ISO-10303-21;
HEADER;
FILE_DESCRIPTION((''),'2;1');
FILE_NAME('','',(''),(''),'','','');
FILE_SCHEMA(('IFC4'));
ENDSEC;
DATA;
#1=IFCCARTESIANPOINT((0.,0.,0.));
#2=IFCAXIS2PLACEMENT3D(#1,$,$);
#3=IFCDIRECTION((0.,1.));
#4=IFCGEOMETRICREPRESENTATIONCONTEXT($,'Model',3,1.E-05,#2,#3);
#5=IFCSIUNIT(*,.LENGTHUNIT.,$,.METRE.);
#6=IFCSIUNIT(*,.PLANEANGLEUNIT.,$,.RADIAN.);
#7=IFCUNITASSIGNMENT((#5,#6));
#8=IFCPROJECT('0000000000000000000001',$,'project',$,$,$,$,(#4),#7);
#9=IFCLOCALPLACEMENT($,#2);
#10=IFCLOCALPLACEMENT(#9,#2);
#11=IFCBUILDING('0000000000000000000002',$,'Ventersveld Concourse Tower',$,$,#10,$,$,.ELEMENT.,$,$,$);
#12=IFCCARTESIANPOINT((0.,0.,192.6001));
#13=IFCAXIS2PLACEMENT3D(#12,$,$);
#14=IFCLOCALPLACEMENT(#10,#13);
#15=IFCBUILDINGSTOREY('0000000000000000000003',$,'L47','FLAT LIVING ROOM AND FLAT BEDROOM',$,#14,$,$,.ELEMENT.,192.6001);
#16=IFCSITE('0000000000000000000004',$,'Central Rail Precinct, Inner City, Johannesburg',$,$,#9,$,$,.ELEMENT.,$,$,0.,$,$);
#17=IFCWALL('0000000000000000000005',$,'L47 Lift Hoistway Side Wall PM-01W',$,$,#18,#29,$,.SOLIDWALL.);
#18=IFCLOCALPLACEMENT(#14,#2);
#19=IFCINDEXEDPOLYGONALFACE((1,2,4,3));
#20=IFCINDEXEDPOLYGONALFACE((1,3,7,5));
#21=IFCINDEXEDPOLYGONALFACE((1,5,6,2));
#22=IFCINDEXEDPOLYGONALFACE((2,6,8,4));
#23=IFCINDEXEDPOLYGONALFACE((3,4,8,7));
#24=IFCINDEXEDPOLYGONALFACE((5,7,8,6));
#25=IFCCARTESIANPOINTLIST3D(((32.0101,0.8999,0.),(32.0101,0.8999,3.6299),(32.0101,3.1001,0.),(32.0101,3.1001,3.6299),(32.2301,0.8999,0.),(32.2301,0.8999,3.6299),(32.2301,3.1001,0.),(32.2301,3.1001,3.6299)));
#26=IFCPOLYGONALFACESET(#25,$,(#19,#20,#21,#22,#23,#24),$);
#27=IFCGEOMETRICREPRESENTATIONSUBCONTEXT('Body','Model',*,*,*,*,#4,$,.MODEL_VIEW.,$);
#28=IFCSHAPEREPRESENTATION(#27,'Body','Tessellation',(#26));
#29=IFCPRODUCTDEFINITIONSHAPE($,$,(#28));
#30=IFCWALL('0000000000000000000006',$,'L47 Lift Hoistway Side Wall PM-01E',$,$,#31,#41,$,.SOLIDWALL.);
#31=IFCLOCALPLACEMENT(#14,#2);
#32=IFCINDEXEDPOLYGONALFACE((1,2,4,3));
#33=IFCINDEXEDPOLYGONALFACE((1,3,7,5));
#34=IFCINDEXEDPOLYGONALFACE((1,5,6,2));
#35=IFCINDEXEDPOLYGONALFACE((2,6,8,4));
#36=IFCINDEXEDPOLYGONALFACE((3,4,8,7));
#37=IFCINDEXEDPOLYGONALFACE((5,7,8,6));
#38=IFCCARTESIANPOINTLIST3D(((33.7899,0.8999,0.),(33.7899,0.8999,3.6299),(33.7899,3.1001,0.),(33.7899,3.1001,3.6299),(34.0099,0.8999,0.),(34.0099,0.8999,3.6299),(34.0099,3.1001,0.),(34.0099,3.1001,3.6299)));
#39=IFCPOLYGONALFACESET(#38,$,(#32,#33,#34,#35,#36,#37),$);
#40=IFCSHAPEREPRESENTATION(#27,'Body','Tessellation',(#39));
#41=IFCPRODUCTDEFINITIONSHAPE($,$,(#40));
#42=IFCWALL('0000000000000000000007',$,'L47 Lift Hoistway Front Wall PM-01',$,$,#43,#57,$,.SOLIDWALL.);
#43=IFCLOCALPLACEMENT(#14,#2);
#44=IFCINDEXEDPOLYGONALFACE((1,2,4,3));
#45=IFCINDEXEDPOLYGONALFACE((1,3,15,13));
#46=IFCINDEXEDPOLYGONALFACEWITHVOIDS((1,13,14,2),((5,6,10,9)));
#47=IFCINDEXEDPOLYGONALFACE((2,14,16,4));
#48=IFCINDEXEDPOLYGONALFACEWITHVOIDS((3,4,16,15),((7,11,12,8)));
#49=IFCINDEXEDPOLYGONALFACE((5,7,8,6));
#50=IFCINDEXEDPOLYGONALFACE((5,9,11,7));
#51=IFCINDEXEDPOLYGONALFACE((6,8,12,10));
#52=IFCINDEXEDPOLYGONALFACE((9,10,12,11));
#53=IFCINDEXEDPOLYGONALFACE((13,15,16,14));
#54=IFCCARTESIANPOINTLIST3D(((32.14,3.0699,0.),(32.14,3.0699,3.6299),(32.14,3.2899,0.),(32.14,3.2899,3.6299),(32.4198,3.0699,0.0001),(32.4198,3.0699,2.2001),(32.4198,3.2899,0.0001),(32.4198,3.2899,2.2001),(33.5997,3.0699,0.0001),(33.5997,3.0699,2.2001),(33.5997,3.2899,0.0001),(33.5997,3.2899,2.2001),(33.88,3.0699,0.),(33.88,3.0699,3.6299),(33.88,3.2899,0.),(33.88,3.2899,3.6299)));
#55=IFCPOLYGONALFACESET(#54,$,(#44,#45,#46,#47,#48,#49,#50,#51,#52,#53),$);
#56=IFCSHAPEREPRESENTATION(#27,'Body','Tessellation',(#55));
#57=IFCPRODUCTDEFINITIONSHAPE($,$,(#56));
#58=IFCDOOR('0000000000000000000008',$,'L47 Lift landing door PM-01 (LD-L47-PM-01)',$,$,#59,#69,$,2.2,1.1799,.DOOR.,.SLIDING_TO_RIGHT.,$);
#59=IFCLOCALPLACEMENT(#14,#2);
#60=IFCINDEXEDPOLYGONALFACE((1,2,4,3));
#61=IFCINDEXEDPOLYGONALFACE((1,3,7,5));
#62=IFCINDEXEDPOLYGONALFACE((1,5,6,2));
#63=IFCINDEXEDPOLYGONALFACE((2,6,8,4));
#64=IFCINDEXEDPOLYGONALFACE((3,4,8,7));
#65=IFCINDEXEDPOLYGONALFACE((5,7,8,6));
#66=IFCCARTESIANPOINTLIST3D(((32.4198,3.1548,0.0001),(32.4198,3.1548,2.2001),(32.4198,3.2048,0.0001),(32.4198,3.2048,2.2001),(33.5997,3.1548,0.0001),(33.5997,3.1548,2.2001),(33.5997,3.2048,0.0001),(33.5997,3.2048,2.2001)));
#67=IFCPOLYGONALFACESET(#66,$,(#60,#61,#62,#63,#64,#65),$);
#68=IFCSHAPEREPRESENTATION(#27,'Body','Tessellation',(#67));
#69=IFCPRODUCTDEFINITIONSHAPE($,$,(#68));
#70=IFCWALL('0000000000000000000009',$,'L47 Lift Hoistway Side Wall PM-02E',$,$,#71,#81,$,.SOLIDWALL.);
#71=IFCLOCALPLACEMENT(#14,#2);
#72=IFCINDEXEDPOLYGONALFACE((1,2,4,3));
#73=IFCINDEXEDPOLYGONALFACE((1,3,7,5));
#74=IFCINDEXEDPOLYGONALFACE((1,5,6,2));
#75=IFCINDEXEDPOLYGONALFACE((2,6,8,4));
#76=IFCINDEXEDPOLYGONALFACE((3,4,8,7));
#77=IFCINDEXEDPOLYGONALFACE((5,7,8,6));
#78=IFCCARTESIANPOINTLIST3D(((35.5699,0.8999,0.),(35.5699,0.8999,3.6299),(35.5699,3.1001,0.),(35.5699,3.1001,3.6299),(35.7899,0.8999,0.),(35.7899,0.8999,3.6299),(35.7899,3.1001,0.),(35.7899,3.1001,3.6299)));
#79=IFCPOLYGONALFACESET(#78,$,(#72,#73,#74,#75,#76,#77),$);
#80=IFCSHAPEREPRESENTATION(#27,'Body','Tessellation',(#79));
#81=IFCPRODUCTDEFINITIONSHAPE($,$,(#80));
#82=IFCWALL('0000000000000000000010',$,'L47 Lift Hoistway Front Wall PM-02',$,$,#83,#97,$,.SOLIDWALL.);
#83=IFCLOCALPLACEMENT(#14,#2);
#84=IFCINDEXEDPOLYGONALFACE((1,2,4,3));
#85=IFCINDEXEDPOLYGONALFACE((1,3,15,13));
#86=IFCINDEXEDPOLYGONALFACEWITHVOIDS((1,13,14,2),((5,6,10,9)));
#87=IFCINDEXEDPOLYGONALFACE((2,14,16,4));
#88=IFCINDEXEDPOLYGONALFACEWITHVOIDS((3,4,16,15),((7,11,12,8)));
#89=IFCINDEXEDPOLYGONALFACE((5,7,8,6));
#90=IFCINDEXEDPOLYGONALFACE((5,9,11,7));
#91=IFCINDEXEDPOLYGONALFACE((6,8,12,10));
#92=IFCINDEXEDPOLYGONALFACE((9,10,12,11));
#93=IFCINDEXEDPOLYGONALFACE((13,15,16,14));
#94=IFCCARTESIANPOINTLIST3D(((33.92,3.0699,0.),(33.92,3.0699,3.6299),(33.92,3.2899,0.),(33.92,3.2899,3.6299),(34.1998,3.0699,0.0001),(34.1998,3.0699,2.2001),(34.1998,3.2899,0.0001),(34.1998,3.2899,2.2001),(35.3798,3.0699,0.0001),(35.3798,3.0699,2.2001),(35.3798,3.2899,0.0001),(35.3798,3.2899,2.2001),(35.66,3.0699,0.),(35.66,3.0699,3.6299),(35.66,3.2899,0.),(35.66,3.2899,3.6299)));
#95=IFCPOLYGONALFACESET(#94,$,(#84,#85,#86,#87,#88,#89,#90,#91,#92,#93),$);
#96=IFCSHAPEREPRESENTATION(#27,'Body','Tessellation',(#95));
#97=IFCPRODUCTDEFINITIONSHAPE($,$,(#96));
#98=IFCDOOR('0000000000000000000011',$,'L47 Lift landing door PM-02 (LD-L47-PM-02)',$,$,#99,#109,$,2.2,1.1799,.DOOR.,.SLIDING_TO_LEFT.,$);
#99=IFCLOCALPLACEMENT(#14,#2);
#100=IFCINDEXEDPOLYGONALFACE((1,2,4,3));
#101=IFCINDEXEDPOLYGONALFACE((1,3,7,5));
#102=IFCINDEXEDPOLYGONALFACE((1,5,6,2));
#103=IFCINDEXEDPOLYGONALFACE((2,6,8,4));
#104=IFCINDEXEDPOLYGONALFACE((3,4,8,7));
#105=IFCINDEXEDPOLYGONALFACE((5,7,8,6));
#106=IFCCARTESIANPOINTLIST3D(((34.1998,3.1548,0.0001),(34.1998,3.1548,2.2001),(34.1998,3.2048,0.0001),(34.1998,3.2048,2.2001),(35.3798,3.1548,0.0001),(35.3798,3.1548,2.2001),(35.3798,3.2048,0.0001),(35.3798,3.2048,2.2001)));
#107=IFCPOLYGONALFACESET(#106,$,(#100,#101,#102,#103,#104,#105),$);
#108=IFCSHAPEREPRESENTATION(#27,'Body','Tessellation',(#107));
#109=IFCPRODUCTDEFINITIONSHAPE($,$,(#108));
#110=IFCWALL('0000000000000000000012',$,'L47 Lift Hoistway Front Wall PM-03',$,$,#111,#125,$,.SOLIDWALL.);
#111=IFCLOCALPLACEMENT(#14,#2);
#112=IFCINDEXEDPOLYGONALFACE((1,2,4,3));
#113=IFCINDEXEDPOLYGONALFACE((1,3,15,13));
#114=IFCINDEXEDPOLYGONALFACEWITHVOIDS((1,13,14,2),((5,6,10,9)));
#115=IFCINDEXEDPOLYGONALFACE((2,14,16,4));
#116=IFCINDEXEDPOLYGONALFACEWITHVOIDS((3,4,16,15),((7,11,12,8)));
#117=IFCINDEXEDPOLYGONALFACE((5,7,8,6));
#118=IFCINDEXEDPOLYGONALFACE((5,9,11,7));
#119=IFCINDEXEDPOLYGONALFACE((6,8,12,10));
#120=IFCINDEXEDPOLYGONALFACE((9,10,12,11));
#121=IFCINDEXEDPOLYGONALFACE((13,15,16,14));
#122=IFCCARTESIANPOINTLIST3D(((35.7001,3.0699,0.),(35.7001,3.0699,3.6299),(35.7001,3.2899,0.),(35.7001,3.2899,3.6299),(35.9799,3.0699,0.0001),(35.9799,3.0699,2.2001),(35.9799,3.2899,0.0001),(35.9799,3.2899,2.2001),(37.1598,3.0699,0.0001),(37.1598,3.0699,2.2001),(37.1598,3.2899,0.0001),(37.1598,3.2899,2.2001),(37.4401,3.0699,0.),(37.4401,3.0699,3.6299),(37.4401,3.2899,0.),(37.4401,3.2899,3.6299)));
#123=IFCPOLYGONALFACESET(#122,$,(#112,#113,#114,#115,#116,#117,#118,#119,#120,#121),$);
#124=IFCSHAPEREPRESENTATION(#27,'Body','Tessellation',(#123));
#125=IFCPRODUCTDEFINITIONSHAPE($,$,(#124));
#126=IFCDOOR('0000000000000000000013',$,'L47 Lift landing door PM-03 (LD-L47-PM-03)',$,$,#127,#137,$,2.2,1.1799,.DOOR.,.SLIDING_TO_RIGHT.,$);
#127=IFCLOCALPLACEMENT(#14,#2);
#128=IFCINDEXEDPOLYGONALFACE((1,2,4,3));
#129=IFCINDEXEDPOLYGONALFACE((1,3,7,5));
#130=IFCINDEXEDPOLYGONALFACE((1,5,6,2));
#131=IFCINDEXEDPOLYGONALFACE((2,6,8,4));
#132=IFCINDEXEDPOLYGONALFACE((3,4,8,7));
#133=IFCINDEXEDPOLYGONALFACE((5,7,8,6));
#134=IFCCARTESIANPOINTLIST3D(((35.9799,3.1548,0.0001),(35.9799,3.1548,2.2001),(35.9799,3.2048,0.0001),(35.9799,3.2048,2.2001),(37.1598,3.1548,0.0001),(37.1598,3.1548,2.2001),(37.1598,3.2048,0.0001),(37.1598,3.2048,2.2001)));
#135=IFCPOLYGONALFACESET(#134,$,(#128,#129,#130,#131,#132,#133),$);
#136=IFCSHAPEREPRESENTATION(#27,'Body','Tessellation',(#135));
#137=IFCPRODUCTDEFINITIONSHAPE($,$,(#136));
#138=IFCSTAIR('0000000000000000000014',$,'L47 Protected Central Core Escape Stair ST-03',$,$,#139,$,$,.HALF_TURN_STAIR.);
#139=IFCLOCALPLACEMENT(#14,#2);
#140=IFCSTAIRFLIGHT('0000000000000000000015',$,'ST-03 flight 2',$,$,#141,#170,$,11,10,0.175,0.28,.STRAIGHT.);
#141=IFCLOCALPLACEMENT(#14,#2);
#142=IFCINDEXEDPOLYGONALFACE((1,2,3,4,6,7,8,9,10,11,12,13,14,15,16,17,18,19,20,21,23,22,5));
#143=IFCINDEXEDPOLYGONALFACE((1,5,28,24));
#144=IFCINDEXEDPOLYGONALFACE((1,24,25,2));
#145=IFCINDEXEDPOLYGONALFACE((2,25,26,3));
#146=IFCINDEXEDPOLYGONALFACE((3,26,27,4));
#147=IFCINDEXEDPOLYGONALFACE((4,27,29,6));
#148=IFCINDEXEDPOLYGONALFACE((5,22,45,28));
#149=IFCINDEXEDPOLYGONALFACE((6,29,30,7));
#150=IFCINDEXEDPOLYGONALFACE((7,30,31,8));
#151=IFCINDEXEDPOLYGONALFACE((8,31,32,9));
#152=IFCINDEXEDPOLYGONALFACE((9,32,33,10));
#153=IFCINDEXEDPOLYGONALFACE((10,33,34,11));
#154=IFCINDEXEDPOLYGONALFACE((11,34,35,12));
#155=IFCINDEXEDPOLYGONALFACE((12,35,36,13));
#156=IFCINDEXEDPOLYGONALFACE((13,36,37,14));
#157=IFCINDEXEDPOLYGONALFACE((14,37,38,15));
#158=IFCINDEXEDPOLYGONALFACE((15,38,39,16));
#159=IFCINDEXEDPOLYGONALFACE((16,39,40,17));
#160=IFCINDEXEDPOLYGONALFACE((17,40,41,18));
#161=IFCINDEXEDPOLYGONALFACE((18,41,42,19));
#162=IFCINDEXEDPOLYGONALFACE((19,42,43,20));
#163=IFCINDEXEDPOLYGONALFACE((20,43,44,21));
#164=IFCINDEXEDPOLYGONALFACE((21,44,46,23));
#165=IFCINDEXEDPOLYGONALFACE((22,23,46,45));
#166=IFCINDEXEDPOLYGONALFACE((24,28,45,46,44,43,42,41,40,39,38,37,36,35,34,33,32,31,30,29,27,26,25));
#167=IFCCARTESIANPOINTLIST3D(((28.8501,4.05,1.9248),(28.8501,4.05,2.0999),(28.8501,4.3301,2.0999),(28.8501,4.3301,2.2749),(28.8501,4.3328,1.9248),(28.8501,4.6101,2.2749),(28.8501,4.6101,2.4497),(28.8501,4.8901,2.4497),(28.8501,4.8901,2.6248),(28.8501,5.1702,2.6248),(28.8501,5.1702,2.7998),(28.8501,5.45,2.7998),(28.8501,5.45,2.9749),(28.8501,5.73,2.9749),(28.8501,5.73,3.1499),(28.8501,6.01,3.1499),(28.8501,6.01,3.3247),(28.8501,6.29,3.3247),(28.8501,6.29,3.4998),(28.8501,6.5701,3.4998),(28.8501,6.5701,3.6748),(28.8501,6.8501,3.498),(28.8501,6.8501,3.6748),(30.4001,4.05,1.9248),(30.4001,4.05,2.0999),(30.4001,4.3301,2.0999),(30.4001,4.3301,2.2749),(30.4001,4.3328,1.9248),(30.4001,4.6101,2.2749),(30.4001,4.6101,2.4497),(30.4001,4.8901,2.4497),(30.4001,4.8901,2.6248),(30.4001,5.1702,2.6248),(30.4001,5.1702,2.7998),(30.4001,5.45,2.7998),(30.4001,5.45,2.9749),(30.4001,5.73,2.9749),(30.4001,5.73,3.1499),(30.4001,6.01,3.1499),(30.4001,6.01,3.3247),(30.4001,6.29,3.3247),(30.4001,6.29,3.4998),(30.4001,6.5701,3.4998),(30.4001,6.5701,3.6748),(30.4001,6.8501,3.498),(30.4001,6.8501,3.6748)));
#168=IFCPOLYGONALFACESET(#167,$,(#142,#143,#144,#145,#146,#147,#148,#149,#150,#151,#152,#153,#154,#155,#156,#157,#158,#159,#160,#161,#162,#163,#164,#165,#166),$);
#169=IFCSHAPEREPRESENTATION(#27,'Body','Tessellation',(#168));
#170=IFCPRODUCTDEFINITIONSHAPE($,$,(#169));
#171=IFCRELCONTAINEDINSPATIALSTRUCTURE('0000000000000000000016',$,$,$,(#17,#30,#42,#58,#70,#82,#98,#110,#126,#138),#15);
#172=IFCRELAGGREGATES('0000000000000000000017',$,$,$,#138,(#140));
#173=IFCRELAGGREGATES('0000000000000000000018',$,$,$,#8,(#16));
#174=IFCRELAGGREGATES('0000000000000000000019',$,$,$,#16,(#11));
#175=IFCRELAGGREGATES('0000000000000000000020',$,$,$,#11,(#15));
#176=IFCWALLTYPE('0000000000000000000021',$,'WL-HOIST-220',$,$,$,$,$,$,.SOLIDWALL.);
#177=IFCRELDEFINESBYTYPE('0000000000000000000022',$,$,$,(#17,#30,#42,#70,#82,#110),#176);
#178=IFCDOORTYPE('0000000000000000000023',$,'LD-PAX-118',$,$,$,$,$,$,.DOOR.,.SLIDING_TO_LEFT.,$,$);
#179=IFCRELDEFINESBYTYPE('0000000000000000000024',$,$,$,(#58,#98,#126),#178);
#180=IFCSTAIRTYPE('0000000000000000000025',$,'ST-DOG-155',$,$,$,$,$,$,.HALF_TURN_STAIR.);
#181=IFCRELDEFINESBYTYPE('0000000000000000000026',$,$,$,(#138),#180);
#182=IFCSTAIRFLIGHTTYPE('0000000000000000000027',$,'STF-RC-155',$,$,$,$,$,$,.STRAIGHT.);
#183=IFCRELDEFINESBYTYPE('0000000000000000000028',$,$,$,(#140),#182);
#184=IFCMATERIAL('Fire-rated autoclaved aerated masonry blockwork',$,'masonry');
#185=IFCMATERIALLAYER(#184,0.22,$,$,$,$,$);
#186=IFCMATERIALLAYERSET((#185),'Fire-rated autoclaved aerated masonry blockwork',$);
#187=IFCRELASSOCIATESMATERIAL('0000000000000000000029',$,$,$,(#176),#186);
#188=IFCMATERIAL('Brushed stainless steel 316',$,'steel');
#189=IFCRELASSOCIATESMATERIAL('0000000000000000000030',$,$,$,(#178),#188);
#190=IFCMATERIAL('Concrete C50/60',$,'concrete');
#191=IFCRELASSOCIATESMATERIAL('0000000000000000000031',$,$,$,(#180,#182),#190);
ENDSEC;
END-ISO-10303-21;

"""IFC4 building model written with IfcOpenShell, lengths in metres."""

from ifc_helpers import new_model, si_unit, direction, frame, frame_2d, origin, place, context, subcontext, project, spatial, polyline, rectangle, outline, extrude, material, layer, layer_set, type_object, element, fill, aggregate, save


model = new_model("IFC4")

# Units and contexts
model_context = context("Model", 3, precision=1e-05, world=origin(), true_north=direction((0.0, 1.0)))
body_context = subcontext(model_context, "Body", "Model", "MODEL_VIEW")
ifc_project = project(units=[si_unit("LENGTHUNIT", "METRE"), si_unit("PLANEANGLEUNIT", "RADIAN")], contexts=[model_context])

# Site, building, storey
site_placement = place(None, origin())
site = spatial("IfcSite", under=ifc_project, at=site_placement, Name="Central Rail Precinct, Inner City, Johannesburg", CompositionType="ELEMENT", RefElevation=0.0)
building_placement = place(site_placement, origin())
building = spatial("IfcBuilding", under=site, at=building_placement, Name="Ventersveld Concourse Tower", CompositionType="ELEMENT")
storey_placement = place(building_placement, frame((0.0, 0.0, 192.6001)))
storey = spatial("IfcBuildingStorey", under=building, at=storey_placement, Name="L47", Description="FLAT LIVING ROOM AND FLAT BEDROOM", CompositionType="ELEMENT", Elevation=192.6001)

# Shared definitions
ifc_material_1 = material(Name="Concrete C50/60", Category="concrete")

# Walls
ifc_material_2 = material(Name="Fire-rated autoclaved aerated masonry blockwork", Category="masonry")
ifc_layer_1 = layer(ifc_material_2, 0.22)
ifc_layer_set_1 = layer_set([ifc_layer_1], Name="Fire-rated autoclaved aerated masonry blockwork")
wall_type_1 = type_object("IfcWallType", Name="WL-HOIST-220", PredefinedType="SOLIDWALL", material=ifc_layer_set_1)
for number, where, z_axis, x_axis, name in (
    (1, (32.1201, 0.8999, 0.0), (0.0, 0.0, 1.0), (0.0, 1.0, 0.0), "L47 Lift Hoistway Side Wall PM-01W"),
    (2, (33.8999, 0.8999, 0.0), (0.0, 0.0, 1.0), (0.0, 1.0, 0.0), "L47 Lift Hoistway Side Wall PM-01E"),
):
    element("IfcWall", number, at=place(storey_placement, frame(where, z_axis=z_axis, x_axis=x_axis)), inside=storey, type_object=wall_type_1, Name=name, PredefinedType="SOLIDWALL", context=body_context, shape_type="SweptSolid", body=[
        extrude(rectangle(XDim=2.2002, YDim=0.22, at=frame_2d((1.1001, 0.0))), origin(), (0.0, 0.0, 1.0), 3.6299),
    ])

# Wall, opening, door
wall_1_placement = place(storey_placement, frame((32.1399, 3.1799, 0.0), z_axis=(0.0, 0.0, 1.0), x_axis=(1.0, 0.0, 0.0)))
wall_1 = element("IfcWall", 3, at=wall_1_placement, inside=storey, type_object=wall_type_1, Name="L47 Lift Hoistway Front Wall PM-01", PredefinedType="SOLIDWALL", context=body_context, shape_type="SweptSolid", body=[
    extrude(rectangle(XDim=1.74, YDim=0.22, at=frame_2d((0.8701, 0.0))), origin(), (0.0, 0.0, 1.0), 3.6299),
])
opening_1_placement = place(wall_1_placement, frame((0.28, 0.0, 0.0)))
opening_1 = element("IfcOpeningElement", 4, at=opening_1_placement, cuts=wall_1, PredefinedType="OPENING", context=body_context, shape_type="SweptSolid", body=[
    extrude(rectangle(XDim=1.1799, YDim=2.2, at=frame_2d((0.5898, 1.1001))), frame((0.0, 0.1201, 0.0), z_axis=(0.0, -1.0, 0.0), x_axis=(1.0, 0.0, 0.0)), (0.0, 0.0, 1.0), 0.24),
])
ifc_material_3 = material(Name="Brushed stainless steel 316", Category="steel")
door_type = type_object("IfcDoorType", Name="LD-PAX-118", OperationType="SLIDING_TO_LEFT", PredefinedType="DOOR", material=ifc_material_3)
door_1_placement = place(opening_1_placement, origin())
door_1 = element("IfcDoor", 5, at=door_1_placement, inside=storey, type_object=door_type, Name="L47 Lift landing door PM-01 (LD-L47-PM-01)", OperationType="SLIDING_TO_RIGHT", OverallHeight=2.2, OverallWidth=1.1799, PredefinedType="DOOR", context=body_context, shape_type="SweptSolid", body=[
    extrude(rectangle(XDim=1.1799, YDim=2.2, at=frame_2d((0.5898, 1.1001))), frame((0.0, 0.0249, 0.0), z_axis=(0.0, -1.0, 0.0), x_axis=(1.0, 0.0, 0.0)), (0.0, 0.0, 1.0), 0.05),
])
fill(opening_1, door_1)

# Wall
wall_2_placement = place(storey_placement, frame((35.6799, 0.8999, 0.0), z_axis=(0.0, 0.0, 1.0), x_axis=(0.0, 1.0, 0.0)))
element("IfcWall", 6, at=wall_2_placement, inside=storey, type_object=wall_type_1, Name="L47 Lift Hoistway Side Wall PM-02E", PredefinedType="SOLIDWALL", context=body_context, shape_type="SweptSolid", body=[
    extrude(rectangle(XDim=2.2002, YDim=0.22, at=frame_2d((1.1001, 0.0))), origin(), (0.0, 0.0, 1.0), 3.6299),
])

# Walls, openings, doors
wall_3_placement = place(storey_placement, frame((33.9199, 3.1799, 0.0), z_axis=(0.0, 0.0, 1.0), x_axis=(1.0, 0.0, 0.0)))
wall_3 = element("IfcWall", 7, at=wall_3_placement, inside=storey, type_object=wall_type_1, Name="L47 Lift Hoistway Front Wall PM-02", PredefinedType="SOLIDWALL", context=body_context, shape_type="SweptSolid", body=[
    extrude(rectangle(XDim=1.74, YDim=0.22, at=frame_2d((0.8701, 0.0))), origin(), (0.0, 0.0, 1.0), 3.6299),
])
opening_2_placement = place(wall_3_placement, frame((0.28, 0.0, 0.0)))
opening_2 = element("IfcOpeningElement", 8, at=opening_2_placement, cuts=wall_3, PredefinedType="OPENING", context=body_context, shape_type="SweptSolid", body=[
    extrude(rectangle(XDim=1.1799, YDim=2.2, at=frame_2d((0.5898, 1.1001))), frame((0.0, 0.1201, 0.0), z_axis=(0.0, -1.0, 0.0), x_axis=(1.0, 0.0, 0.0)), (0.0, 0.0, 1.0), 0.24),
])
door_2_placement = place(opening_2_placement, origin())
door_2 = element("IfcDoor", 9, at=door_2_placement, inside=storey, type_object=door_type, Name="L47 Lift landing door PM-02 (LD-L47-PM-02)", OperationType="SLIDING_TO_LEFT", OverallHeight=2.2, OverallWidth=1.1799, PredefinedType="DOOR", context=body_context, shape_type="SweptSolid", body=[
    extrude(rectangle(XDim=1.1799, YDim=2.2, at=frame_2d((0.5898, 1.1001))), frame((0.0, 0.0249, 0.0), z_axis=(0.0, -1.0, 0.0), x_axis=(1.0, 0.0, 0.0)), (0.0, 0.0, 1.0), 0.05),
])
fill(opening_2, door_2)
wall_4_placement = place(storey_placement, frame((35.7, 3.1799, 0.0), z_axis=(0.0, 0.0, 1.0), x_axis=(1.0, 0.0, 0.0)))
wall_4 = element("IfcWall", 10, at=wall_4_placement, inside=storey, type_object=wall_type_1, Name="L47 Lift Hoistway Front Wall PM-03", PredefinedType="SOLIDWALL", context=body_context, shape_type="SweptSolid", body=[
    extrude(rectangle(XDim=1.74, YDim=0.22, at=frame_2d((0.8701, 0.0))), origin(), (0.0, 0.0, 1.0), 3.6299),
])
opening_3_placement = place(wall_4_placement, frame((0.28, 0.0, 0.0)))
opening_3 = element("IfcOpeningElement", 11, at=opening_3_placement, cuts=wall_4, PredefinedType="OPENING", context=body_context, shape_type="SweptSolid", body=[
    extrude(rectangle(XDim=1.1799, YDim=2.2, at=frame_2d((0.5898, 1.1001))), frame((0.0, 0.1201, 0.0), z_axis=(0.0, -1.0, 0.0), x_axis=(1.0, 0.0, 0.0)), (0.0, 0.0, 1.0), 0.24),
])
door_3_placement = place(opening_3_placement, origin())
door_3 = element("IfcDoor", 12, at=door_3_placement, inside=storey, type_object=door_type, Name="L47 Lift landing door PM-03 (LD-L47-PM-03)", OperationType="SLIDING_TO_RIGHT", OverallHeight=2.2, OverallWidth=1.1799, PredefinedType="DOOR", context=body_context, shape_type="SweptSolid", body=[
    extrude(rectangle(XDim=1.1799, YDim=2.2, at=frame_2d((0.5898, 1.1001))), frame((0.0, 0.0249, 0.0), z_axis=(0.0, -1.0, 0.0), x_axis=(1.0, 0.0, 0.0)), (0.0, 0.0, 1.0), 0.05),
])
fill(opening_3, door_3)

# Stair, stair flight
stair_type = type_object("IfcStairType", Name="ST-DOG-155", PredefinedType="HALF_TURN_STAIR", material=ifc_material_1)
stair_placement = place(storey_placement, origin())
stair = element("IfcStair", 13, at=stair_placement, inside=storey, type_object=stair_type, Name="L47 Protected Central Core Escape Stair ST-03", PredefinedType="HALF_TURN_STAIR")
stair_flight_type = type_object("IfcStairFlightType", Name="STF-RC-155", PredefinedType="STRAIGHT", material=ifc_material_1)
stair_flight_placement = place(storey_placement, frame((29.625, 4.05, 1.9248), z_axis=(0.0, 0.0, 1.0), x_axis=(0.0, 1.0, 0.0)))
stair_flight = element("IfcStairFlight", 14, at=stair_flight_placement, type_object=stair_flight_type, Name="ST-03 flight 2", NumberOfRisers=11, NumberOfTreads=10, PredefinedType="STRAIGHT", RiserHeight=0.175, TreadLength=0.28, context=body_context, shape_type="SweptSolid", body=[
    extrude(outline(polyline([(0.0, 0.0), (0.0, 0.175), (0.28, 0.175), (0.28, 0.3501), (0.5601, 0.3501), (0.5601, 0.5249), (0.8401, 0.5249), (0.8401, 0.7), (1.1201, 0.7), (1.1201, 0.875), (1.3999, 0.875), (1.3999, 1.05), (1.6799, 1.05), (1.6799, 1.2251), (1.96, 1.2251), (1.96, 1.3999), (2.24, 1.3999), (2.24, 1.575), (2.52, 1.575), (2.52, 1.75), (2.8, 1.75), (2.8, 1.925), (2.8, 1.5732), (0.2827, 0.0), (0.0, 0.0)])), frame((0.0, 0.7749, 0.0), z_axis=(0.0, -1.0, 0.0), x_axis=(1.0, 0.0, 0.0)), (0.0, 0.0, 1.0), 1.55),
])
aggregate(stair, [stair_flight])

save(model, "model.ifc")
